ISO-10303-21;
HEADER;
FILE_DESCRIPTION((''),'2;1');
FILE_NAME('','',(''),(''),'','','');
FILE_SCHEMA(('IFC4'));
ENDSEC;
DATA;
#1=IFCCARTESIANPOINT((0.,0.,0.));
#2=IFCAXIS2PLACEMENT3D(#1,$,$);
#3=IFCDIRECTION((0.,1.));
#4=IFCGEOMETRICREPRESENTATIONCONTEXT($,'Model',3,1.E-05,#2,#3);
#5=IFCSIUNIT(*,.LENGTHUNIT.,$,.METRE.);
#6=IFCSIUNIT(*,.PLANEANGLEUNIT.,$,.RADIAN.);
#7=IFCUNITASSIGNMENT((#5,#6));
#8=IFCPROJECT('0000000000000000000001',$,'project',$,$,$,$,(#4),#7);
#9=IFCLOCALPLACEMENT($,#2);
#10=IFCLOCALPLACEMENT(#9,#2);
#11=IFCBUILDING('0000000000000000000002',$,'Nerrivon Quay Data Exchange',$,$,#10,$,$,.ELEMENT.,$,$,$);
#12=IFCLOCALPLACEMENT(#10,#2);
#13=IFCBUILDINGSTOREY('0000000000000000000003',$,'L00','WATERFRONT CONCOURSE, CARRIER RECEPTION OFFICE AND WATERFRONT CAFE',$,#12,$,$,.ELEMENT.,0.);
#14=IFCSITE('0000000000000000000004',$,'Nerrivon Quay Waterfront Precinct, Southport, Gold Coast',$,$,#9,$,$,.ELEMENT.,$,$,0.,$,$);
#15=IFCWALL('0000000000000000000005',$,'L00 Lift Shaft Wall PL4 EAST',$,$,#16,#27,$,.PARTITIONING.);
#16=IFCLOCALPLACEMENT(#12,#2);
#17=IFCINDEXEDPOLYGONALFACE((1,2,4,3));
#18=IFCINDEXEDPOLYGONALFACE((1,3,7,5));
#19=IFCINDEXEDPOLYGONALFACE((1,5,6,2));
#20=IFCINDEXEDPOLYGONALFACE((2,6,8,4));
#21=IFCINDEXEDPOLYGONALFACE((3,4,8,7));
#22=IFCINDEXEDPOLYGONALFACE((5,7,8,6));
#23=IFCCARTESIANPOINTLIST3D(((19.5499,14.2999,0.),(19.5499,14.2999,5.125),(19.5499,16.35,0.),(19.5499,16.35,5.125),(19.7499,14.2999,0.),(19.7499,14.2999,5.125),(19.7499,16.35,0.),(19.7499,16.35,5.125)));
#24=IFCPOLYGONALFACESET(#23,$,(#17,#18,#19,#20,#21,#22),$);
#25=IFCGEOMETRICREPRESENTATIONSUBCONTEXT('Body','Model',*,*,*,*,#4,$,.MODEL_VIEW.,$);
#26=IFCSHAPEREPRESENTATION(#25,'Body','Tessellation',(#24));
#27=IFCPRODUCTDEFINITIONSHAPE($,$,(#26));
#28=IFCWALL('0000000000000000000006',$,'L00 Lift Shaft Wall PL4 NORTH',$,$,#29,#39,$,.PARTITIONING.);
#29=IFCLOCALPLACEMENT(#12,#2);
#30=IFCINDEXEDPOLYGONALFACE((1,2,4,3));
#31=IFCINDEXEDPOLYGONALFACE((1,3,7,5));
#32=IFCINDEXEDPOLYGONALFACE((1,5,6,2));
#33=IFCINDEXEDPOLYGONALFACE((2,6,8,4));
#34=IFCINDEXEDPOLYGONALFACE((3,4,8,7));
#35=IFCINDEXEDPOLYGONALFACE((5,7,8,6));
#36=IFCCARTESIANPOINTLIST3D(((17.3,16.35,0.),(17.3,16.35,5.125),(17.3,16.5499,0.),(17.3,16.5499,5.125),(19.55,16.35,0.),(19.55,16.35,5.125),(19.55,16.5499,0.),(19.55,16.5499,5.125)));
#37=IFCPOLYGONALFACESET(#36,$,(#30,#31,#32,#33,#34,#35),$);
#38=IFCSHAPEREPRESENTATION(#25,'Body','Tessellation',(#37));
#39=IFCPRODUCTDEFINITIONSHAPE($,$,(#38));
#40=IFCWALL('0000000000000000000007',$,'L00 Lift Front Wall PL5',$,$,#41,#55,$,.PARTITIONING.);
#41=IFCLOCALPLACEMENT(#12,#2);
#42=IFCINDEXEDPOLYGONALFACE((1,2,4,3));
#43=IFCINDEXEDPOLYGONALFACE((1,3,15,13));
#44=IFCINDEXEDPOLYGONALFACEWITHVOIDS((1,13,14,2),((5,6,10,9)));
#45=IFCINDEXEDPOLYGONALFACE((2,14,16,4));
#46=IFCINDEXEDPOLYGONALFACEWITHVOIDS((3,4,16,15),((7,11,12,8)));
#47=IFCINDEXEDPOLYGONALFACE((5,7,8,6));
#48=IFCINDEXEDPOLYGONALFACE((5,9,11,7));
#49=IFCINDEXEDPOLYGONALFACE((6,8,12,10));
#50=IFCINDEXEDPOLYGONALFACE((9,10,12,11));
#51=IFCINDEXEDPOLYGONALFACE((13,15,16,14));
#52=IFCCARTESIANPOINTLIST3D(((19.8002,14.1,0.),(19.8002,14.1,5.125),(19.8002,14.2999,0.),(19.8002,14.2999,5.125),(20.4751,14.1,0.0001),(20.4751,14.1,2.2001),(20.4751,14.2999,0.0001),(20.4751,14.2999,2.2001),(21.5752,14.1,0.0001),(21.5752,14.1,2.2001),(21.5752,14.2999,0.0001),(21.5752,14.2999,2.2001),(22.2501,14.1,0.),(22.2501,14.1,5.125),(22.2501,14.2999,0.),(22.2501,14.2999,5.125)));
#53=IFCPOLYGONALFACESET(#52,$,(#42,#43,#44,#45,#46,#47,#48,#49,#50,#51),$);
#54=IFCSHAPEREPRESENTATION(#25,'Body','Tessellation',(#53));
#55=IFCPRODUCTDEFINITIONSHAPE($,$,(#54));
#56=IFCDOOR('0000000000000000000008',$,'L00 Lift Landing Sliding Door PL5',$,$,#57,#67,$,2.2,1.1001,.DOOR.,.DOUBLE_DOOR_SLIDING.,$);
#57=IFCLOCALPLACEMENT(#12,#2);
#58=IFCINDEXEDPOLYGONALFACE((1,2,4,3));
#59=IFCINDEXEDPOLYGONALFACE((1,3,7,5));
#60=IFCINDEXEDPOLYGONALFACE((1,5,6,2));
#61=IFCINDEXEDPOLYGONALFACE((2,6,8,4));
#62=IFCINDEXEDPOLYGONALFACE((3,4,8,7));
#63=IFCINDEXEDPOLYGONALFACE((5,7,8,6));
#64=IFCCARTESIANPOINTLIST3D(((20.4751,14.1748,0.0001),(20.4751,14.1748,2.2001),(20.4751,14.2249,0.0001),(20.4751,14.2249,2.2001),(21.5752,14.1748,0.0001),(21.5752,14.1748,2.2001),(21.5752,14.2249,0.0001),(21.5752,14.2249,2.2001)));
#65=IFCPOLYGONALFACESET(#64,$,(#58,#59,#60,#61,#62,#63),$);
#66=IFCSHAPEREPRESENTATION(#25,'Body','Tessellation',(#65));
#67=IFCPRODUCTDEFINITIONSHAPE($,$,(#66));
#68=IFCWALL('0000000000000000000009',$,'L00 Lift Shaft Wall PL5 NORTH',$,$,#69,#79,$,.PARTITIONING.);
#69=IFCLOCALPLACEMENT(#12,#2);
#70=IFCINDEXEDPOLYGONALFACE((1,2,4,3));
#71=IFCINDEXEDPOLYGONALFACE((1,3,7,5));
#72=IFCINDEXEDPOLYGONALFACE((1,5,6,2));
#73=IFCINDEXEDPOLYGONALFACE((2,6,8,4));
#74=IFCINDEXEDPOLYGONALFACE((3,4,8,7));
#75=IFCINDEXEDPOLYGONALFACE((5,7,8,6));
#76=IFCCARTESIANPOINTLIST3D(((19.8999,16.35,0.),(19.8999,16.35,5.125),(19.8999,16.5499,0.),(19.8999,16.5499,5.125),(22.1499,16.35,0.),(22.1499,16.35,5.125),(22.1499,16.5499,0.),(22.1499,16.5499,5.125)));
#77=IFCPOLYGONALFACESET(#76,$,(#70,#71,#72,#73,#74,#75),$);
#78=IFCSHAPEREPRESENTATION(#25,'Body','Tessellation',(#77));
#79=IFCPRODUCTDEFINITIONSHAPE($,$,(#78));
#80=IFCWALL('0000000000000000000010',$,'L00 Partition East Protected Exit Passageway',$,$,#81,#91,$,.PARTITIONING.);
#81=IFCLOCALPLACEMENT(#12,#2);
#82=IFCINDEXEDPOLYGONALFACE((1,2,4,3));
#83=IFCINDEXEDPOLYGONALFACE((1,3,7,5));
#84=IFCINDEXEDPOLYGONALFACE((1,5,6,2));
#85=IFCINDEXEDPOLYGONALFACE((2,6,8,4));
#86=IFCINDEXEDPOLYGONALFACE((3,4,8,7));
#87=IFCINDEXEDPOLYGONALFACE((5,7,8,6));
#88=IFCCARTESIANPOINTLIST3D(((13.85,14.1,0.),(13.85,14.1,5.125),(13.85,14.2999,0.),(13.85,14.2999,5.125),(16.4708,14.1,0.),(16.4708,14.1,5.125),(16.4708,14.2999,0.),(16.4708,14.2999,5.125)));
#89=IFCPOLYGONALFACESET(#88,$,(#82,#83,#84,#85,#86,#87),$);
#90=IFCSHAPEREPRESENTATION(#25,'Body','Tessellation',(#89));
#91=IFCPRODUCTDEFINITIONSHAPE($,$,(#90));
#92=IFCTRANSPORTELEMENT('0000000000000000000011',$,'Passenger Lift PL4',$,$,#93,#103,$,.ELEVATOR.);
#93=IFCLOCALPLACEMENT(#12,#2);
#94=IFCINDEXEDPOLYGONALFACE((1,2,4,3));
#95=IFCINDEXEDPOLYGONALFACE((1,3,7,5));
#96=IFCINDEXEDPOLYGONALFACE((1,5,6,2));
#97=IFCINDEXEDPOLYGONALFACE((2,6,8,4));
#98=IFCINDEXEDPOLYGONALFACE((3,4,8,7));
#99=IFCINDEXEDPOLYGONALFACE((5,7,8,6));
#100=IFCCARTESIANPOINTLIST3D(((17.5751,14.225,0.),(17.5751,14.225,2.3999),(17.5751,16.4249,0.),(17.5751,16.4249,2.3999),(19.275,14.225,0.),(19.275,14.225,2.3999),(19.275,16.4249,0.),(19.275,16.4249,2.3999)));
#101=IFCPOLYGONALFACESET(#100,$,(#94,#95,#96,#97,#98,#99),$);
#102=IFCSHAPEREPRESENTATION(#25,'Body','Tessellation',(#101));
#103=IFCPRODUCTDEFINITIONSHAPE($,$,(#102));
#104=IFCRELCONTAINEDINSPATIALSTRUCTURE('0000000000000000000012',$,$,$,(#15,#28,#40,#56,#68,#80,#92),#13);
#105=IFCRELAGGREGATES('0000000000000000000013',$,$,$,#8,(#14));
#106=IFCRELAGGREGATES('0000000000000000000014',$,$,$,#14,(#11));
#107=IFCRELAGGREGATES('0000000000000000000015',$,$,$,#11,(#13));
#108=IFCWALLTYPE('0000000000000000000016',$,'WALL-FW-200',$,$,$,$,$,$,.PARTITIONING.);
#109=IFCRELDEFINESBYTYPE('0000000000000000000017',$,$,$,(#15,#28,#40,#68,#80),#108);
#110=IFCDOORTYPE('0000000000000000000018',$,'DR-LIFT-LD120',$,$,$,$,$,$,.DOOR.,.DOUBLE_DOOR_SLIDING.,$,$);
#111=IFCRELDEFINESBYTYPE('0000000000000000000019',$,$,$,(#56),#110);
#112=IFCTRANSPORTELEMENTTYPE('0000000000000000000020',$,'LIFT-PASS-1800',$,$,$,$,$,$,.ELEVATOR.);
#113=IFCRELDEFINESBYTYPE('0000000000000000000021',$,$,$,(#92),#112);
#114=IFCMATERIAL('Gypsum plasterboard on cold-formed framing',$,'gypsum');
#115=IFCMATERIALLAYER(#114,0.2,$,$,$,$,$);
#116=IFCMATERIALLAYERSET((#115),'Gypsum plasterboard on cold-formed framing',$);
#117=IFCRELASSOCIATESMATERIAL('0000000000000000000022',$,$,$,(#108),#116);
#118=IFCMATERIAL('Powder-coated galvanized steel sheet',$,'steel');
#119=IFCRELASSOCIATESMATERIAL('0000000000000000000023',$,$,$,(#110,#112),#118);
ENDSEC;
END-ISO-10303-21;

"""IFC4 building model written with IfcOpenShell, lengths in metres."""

from ifc_helpers import new_model, si_unit, direction, frame, frame_2d, origin, origin_2d, place, context, subcontext, project, spatial, rectangle, extrude, material, layer, layer_set, type_object, element, fill, save


model = new_model("IFC4")

# Units and contexts
model_context = context("Model", 3, precision=1e-05, world=origin(), true_north=direction((0.0, 1.0)))
body_context = subcontext(model_context, "Body", "Model", "MODEL_VIEW")
ifc_project = project(units=[si_unit("LENGTHUNIT", "METRE"), si_unit("PLANEANGLEUNIT", "RADIAN")], contexts=[model_context])

# Site, building, storey
site_placement = place(None, origin())
site = spatial("IfcSite", under=ifc_project, at=site_placement, Name="Nerrivon Quay Waterfront Precinct, Southport, Gold Coast", CompositionType="ELEMENT", RefElevation=0.0)
building_placement = place(site_placement, origin())
building = spatial("IfcBuilding", under=site, at=building_placement, Name="Nerrivon Quay Data Exchange", CompositionType="ELEMENT")
storey_placement = place(building_placement, origin())
storey = spatial("IfcBuildingStorey", under=building, at=storey_placement, Name="L00", Description="WATERFRONT CONCOURSE, CARRIER RECEPTION OFFICE AND WATERFRONT CAFE", CompositionType="ELEMENT", Elevation=0.0)

# Shared definitions
ifc_material_1 = material(Name="Gypsum plasterboard on cold-formed framing", Category="gypsum")
ifc_layer = layer(ifc_material_1, 0.2)
ifc_layer_set = layer_set([ifc_layer], Name="Gypsum plasterboard on cold-formed framing")
wall_type = type_object("IfcWallType", Name="WALL-FW-200", PredefinedType="PARTITIONING", material=ifc_layer_set)

# Shared definitions
ifc_material_2 = material(Name="Powder-coated galvanized steel sheet", Category="steel")
door_type = type_object("IfcDoorType", Name="DR-LIFT-LD120", OperationType="DOUBLE_DOOR_SLIDING", PredefinedType="DOOR", material=ifc_material_2)

# Walls
wall_1_placement = place(storey_placement, frame((19.6499, 14.3, 0.0), z_axis=(0.0, 0.0, 1.0), x_axis=(0.0, 1.0, 0.0)))
element("IfcWall", 1, at=wall_1_placement, inside=storey, type_object=wall_type, Name="L00 Lift Shaft Wall PL4 EAST", PredefinedType="PARTITIONING", context=body_context, shape_type="SweptSolid", body=[
    extrude(rectangle(XDim=2.05, YDim=0.2, at=frame_2d((1.0249, 0.0))), origin(), (0.0, 0.0, 1.0), 5.125),
])
wall_2_placement = place(storey_placement, frame((17.3, 16.45, 0.0), z_axis=(0.0, 0.0, 1.0), x_axis=(1.0, 0.0, 0.0)))
element("IfcWall", 2, at=wall_2_placement, inside=storey, type_object=wall_type, Name="L00 Lift Shaft Wall PL4 NORTH", PredefinedType="PARTITIONING", context=body_context, shape_type="SweptSolid", body=[
    extrude(rectangle(XDim=2.25, YDim=0.2, at=frame_2d((1.125, 0.0))), origin(), (0.0, 0.0, 1.0), 5.125),
])

# Wall, opening, door
wall_3_placement = place(storey_placement, frame((19.8, 14.2, 0.0), z_axis=(0.0, 0.0, 1.0), x_axis=(1.0, 0.0, 0.0)))
wall_3 = element("IfcWall", 3, at=wall_3_placement, inside=storey, type_object=wall_type, Name="L00 Lift Front Wall PL5", PredefinedType="PARTITIONING", context=body_context, shape_type="SweptSolid", body=[
    extrude(rectangle(XDim=2.45, YDim=0.2, at=frame_2d((1.2251, 0.0))), origin(), (0.0, 0.0, 1.0), 5.125),
])
opening_1_placement = place(wall_3_placement, frame((0.675, 0.0, 0.0)))
opening_1 = element("IfcOpeningElement", 4, at=opening_1_placement, cuts=wall_3, PredefinedType="OPENING", context=body_context, shape_type="SweptSolid", body=[
    extrude(rectangle(XDim=1.1001, YDim=2.2, at=frame_2d((0.55, 1.1001))), frame((0.0, 0.1099, 0.0), z_axis=(0.0, -1.0, 0.0), x_axis=(1.0, 0.0, 0.0)), (0.0, 0.0, 1.0), 0.22),
])
door_1_placement = place(opening_1_placement, origin())
door_1 = element("IfcDoor", 5, at=door_1_placement, inside=storey, type_object=door_type, Name="L00 Lift Landing Sliding Door PL5", OperationType="DOUBLE_DOOR_SLIDING", OverallHeight=2.2, OverallWidth=1.1001, PredefinedType="DOOR", context=body_context, shape_type="SweptSolid", body=[
    extrude(rectangle(XDim=1.1001, YDim=2.2, at=frame_2d((0.55, 1.1001))), frame((0.0, 0.0249, 0.0), z_axis=(0.0, -1.0, 0.0), x_axis=(1.0, 0.0, 0.0)), (0.0, 0.0, 1.0), 0.05),
])
fill(opening_1, door_1)

# Walls
wall_4_placement = place(storey_placement, frame((19.8999, 16.45, 0.0), z_axis=(0.0, 0.0, 1.0), x_axis=(1.0, 0.0, 0.0)))
element("IfcWall", 6, at=wall_4_placement, inside=storey, type_object=wall_type, Name="L00 Lift Shaft Wall PL5 NORTH", PredefinedType="PARTITIONING", context=body_context, shape_type="SweptSolid", body=[
    extrude(rectangle(XDim=2.25, YDim=0.2, at=frame_2d((1.125, 0.0))), origin(), (0.0, 0.0, 1.0), 5.125),
])
wall_5_placement = place(storey_placement, frame((16.4709, 14.2, 0.0), z_axis=(0.0, 0.0, 1.0), x_axis=(-1.0, 0.0, 0.0)))
element("IfcWall", 7, at=wall_5_placement, inside=storey, type_object=wall_type, Name="L00 Partition East Protected Exit Passageway", PredefinedType="PARTITIONING", context=body_context, shape_type="SweptSolid", body=[
    extrude(rectangle(XDim=2.6208, YDim=0.2, at=frame_2d((1.3105, 0.0))), origin(), (0.0, 0.0, 1.0), 5.125),
])

# Transport element
transport_element_type = type_object("IfcTransportElementType", Name="LIFT-PASS-1800", PredefinedType="ELEVATOR", material=ifc_material_2)
transport_element_placement = place(storey_placement, frame((18.425, 15.325, 0.0), z_axis=(0.0, 0.0, 1.0), x_axis=(1.0, 0.0, 0.0)))
element("IfcTransportElement", 8, at=transport_element_placement, inside=storey, type_object=transport_element_type, Name="Passenger Lift PL4", PredefinedType="ELEVATOR", context=body_context, shape_type="SweptSolid", body=[
    extrude(rectangle(XDim=1.7, YDim=2.2, at=origin_2d()), origin(), (0.0, 0.0, 1.0), 2.3999),
])

save(model, "model.ifc")
